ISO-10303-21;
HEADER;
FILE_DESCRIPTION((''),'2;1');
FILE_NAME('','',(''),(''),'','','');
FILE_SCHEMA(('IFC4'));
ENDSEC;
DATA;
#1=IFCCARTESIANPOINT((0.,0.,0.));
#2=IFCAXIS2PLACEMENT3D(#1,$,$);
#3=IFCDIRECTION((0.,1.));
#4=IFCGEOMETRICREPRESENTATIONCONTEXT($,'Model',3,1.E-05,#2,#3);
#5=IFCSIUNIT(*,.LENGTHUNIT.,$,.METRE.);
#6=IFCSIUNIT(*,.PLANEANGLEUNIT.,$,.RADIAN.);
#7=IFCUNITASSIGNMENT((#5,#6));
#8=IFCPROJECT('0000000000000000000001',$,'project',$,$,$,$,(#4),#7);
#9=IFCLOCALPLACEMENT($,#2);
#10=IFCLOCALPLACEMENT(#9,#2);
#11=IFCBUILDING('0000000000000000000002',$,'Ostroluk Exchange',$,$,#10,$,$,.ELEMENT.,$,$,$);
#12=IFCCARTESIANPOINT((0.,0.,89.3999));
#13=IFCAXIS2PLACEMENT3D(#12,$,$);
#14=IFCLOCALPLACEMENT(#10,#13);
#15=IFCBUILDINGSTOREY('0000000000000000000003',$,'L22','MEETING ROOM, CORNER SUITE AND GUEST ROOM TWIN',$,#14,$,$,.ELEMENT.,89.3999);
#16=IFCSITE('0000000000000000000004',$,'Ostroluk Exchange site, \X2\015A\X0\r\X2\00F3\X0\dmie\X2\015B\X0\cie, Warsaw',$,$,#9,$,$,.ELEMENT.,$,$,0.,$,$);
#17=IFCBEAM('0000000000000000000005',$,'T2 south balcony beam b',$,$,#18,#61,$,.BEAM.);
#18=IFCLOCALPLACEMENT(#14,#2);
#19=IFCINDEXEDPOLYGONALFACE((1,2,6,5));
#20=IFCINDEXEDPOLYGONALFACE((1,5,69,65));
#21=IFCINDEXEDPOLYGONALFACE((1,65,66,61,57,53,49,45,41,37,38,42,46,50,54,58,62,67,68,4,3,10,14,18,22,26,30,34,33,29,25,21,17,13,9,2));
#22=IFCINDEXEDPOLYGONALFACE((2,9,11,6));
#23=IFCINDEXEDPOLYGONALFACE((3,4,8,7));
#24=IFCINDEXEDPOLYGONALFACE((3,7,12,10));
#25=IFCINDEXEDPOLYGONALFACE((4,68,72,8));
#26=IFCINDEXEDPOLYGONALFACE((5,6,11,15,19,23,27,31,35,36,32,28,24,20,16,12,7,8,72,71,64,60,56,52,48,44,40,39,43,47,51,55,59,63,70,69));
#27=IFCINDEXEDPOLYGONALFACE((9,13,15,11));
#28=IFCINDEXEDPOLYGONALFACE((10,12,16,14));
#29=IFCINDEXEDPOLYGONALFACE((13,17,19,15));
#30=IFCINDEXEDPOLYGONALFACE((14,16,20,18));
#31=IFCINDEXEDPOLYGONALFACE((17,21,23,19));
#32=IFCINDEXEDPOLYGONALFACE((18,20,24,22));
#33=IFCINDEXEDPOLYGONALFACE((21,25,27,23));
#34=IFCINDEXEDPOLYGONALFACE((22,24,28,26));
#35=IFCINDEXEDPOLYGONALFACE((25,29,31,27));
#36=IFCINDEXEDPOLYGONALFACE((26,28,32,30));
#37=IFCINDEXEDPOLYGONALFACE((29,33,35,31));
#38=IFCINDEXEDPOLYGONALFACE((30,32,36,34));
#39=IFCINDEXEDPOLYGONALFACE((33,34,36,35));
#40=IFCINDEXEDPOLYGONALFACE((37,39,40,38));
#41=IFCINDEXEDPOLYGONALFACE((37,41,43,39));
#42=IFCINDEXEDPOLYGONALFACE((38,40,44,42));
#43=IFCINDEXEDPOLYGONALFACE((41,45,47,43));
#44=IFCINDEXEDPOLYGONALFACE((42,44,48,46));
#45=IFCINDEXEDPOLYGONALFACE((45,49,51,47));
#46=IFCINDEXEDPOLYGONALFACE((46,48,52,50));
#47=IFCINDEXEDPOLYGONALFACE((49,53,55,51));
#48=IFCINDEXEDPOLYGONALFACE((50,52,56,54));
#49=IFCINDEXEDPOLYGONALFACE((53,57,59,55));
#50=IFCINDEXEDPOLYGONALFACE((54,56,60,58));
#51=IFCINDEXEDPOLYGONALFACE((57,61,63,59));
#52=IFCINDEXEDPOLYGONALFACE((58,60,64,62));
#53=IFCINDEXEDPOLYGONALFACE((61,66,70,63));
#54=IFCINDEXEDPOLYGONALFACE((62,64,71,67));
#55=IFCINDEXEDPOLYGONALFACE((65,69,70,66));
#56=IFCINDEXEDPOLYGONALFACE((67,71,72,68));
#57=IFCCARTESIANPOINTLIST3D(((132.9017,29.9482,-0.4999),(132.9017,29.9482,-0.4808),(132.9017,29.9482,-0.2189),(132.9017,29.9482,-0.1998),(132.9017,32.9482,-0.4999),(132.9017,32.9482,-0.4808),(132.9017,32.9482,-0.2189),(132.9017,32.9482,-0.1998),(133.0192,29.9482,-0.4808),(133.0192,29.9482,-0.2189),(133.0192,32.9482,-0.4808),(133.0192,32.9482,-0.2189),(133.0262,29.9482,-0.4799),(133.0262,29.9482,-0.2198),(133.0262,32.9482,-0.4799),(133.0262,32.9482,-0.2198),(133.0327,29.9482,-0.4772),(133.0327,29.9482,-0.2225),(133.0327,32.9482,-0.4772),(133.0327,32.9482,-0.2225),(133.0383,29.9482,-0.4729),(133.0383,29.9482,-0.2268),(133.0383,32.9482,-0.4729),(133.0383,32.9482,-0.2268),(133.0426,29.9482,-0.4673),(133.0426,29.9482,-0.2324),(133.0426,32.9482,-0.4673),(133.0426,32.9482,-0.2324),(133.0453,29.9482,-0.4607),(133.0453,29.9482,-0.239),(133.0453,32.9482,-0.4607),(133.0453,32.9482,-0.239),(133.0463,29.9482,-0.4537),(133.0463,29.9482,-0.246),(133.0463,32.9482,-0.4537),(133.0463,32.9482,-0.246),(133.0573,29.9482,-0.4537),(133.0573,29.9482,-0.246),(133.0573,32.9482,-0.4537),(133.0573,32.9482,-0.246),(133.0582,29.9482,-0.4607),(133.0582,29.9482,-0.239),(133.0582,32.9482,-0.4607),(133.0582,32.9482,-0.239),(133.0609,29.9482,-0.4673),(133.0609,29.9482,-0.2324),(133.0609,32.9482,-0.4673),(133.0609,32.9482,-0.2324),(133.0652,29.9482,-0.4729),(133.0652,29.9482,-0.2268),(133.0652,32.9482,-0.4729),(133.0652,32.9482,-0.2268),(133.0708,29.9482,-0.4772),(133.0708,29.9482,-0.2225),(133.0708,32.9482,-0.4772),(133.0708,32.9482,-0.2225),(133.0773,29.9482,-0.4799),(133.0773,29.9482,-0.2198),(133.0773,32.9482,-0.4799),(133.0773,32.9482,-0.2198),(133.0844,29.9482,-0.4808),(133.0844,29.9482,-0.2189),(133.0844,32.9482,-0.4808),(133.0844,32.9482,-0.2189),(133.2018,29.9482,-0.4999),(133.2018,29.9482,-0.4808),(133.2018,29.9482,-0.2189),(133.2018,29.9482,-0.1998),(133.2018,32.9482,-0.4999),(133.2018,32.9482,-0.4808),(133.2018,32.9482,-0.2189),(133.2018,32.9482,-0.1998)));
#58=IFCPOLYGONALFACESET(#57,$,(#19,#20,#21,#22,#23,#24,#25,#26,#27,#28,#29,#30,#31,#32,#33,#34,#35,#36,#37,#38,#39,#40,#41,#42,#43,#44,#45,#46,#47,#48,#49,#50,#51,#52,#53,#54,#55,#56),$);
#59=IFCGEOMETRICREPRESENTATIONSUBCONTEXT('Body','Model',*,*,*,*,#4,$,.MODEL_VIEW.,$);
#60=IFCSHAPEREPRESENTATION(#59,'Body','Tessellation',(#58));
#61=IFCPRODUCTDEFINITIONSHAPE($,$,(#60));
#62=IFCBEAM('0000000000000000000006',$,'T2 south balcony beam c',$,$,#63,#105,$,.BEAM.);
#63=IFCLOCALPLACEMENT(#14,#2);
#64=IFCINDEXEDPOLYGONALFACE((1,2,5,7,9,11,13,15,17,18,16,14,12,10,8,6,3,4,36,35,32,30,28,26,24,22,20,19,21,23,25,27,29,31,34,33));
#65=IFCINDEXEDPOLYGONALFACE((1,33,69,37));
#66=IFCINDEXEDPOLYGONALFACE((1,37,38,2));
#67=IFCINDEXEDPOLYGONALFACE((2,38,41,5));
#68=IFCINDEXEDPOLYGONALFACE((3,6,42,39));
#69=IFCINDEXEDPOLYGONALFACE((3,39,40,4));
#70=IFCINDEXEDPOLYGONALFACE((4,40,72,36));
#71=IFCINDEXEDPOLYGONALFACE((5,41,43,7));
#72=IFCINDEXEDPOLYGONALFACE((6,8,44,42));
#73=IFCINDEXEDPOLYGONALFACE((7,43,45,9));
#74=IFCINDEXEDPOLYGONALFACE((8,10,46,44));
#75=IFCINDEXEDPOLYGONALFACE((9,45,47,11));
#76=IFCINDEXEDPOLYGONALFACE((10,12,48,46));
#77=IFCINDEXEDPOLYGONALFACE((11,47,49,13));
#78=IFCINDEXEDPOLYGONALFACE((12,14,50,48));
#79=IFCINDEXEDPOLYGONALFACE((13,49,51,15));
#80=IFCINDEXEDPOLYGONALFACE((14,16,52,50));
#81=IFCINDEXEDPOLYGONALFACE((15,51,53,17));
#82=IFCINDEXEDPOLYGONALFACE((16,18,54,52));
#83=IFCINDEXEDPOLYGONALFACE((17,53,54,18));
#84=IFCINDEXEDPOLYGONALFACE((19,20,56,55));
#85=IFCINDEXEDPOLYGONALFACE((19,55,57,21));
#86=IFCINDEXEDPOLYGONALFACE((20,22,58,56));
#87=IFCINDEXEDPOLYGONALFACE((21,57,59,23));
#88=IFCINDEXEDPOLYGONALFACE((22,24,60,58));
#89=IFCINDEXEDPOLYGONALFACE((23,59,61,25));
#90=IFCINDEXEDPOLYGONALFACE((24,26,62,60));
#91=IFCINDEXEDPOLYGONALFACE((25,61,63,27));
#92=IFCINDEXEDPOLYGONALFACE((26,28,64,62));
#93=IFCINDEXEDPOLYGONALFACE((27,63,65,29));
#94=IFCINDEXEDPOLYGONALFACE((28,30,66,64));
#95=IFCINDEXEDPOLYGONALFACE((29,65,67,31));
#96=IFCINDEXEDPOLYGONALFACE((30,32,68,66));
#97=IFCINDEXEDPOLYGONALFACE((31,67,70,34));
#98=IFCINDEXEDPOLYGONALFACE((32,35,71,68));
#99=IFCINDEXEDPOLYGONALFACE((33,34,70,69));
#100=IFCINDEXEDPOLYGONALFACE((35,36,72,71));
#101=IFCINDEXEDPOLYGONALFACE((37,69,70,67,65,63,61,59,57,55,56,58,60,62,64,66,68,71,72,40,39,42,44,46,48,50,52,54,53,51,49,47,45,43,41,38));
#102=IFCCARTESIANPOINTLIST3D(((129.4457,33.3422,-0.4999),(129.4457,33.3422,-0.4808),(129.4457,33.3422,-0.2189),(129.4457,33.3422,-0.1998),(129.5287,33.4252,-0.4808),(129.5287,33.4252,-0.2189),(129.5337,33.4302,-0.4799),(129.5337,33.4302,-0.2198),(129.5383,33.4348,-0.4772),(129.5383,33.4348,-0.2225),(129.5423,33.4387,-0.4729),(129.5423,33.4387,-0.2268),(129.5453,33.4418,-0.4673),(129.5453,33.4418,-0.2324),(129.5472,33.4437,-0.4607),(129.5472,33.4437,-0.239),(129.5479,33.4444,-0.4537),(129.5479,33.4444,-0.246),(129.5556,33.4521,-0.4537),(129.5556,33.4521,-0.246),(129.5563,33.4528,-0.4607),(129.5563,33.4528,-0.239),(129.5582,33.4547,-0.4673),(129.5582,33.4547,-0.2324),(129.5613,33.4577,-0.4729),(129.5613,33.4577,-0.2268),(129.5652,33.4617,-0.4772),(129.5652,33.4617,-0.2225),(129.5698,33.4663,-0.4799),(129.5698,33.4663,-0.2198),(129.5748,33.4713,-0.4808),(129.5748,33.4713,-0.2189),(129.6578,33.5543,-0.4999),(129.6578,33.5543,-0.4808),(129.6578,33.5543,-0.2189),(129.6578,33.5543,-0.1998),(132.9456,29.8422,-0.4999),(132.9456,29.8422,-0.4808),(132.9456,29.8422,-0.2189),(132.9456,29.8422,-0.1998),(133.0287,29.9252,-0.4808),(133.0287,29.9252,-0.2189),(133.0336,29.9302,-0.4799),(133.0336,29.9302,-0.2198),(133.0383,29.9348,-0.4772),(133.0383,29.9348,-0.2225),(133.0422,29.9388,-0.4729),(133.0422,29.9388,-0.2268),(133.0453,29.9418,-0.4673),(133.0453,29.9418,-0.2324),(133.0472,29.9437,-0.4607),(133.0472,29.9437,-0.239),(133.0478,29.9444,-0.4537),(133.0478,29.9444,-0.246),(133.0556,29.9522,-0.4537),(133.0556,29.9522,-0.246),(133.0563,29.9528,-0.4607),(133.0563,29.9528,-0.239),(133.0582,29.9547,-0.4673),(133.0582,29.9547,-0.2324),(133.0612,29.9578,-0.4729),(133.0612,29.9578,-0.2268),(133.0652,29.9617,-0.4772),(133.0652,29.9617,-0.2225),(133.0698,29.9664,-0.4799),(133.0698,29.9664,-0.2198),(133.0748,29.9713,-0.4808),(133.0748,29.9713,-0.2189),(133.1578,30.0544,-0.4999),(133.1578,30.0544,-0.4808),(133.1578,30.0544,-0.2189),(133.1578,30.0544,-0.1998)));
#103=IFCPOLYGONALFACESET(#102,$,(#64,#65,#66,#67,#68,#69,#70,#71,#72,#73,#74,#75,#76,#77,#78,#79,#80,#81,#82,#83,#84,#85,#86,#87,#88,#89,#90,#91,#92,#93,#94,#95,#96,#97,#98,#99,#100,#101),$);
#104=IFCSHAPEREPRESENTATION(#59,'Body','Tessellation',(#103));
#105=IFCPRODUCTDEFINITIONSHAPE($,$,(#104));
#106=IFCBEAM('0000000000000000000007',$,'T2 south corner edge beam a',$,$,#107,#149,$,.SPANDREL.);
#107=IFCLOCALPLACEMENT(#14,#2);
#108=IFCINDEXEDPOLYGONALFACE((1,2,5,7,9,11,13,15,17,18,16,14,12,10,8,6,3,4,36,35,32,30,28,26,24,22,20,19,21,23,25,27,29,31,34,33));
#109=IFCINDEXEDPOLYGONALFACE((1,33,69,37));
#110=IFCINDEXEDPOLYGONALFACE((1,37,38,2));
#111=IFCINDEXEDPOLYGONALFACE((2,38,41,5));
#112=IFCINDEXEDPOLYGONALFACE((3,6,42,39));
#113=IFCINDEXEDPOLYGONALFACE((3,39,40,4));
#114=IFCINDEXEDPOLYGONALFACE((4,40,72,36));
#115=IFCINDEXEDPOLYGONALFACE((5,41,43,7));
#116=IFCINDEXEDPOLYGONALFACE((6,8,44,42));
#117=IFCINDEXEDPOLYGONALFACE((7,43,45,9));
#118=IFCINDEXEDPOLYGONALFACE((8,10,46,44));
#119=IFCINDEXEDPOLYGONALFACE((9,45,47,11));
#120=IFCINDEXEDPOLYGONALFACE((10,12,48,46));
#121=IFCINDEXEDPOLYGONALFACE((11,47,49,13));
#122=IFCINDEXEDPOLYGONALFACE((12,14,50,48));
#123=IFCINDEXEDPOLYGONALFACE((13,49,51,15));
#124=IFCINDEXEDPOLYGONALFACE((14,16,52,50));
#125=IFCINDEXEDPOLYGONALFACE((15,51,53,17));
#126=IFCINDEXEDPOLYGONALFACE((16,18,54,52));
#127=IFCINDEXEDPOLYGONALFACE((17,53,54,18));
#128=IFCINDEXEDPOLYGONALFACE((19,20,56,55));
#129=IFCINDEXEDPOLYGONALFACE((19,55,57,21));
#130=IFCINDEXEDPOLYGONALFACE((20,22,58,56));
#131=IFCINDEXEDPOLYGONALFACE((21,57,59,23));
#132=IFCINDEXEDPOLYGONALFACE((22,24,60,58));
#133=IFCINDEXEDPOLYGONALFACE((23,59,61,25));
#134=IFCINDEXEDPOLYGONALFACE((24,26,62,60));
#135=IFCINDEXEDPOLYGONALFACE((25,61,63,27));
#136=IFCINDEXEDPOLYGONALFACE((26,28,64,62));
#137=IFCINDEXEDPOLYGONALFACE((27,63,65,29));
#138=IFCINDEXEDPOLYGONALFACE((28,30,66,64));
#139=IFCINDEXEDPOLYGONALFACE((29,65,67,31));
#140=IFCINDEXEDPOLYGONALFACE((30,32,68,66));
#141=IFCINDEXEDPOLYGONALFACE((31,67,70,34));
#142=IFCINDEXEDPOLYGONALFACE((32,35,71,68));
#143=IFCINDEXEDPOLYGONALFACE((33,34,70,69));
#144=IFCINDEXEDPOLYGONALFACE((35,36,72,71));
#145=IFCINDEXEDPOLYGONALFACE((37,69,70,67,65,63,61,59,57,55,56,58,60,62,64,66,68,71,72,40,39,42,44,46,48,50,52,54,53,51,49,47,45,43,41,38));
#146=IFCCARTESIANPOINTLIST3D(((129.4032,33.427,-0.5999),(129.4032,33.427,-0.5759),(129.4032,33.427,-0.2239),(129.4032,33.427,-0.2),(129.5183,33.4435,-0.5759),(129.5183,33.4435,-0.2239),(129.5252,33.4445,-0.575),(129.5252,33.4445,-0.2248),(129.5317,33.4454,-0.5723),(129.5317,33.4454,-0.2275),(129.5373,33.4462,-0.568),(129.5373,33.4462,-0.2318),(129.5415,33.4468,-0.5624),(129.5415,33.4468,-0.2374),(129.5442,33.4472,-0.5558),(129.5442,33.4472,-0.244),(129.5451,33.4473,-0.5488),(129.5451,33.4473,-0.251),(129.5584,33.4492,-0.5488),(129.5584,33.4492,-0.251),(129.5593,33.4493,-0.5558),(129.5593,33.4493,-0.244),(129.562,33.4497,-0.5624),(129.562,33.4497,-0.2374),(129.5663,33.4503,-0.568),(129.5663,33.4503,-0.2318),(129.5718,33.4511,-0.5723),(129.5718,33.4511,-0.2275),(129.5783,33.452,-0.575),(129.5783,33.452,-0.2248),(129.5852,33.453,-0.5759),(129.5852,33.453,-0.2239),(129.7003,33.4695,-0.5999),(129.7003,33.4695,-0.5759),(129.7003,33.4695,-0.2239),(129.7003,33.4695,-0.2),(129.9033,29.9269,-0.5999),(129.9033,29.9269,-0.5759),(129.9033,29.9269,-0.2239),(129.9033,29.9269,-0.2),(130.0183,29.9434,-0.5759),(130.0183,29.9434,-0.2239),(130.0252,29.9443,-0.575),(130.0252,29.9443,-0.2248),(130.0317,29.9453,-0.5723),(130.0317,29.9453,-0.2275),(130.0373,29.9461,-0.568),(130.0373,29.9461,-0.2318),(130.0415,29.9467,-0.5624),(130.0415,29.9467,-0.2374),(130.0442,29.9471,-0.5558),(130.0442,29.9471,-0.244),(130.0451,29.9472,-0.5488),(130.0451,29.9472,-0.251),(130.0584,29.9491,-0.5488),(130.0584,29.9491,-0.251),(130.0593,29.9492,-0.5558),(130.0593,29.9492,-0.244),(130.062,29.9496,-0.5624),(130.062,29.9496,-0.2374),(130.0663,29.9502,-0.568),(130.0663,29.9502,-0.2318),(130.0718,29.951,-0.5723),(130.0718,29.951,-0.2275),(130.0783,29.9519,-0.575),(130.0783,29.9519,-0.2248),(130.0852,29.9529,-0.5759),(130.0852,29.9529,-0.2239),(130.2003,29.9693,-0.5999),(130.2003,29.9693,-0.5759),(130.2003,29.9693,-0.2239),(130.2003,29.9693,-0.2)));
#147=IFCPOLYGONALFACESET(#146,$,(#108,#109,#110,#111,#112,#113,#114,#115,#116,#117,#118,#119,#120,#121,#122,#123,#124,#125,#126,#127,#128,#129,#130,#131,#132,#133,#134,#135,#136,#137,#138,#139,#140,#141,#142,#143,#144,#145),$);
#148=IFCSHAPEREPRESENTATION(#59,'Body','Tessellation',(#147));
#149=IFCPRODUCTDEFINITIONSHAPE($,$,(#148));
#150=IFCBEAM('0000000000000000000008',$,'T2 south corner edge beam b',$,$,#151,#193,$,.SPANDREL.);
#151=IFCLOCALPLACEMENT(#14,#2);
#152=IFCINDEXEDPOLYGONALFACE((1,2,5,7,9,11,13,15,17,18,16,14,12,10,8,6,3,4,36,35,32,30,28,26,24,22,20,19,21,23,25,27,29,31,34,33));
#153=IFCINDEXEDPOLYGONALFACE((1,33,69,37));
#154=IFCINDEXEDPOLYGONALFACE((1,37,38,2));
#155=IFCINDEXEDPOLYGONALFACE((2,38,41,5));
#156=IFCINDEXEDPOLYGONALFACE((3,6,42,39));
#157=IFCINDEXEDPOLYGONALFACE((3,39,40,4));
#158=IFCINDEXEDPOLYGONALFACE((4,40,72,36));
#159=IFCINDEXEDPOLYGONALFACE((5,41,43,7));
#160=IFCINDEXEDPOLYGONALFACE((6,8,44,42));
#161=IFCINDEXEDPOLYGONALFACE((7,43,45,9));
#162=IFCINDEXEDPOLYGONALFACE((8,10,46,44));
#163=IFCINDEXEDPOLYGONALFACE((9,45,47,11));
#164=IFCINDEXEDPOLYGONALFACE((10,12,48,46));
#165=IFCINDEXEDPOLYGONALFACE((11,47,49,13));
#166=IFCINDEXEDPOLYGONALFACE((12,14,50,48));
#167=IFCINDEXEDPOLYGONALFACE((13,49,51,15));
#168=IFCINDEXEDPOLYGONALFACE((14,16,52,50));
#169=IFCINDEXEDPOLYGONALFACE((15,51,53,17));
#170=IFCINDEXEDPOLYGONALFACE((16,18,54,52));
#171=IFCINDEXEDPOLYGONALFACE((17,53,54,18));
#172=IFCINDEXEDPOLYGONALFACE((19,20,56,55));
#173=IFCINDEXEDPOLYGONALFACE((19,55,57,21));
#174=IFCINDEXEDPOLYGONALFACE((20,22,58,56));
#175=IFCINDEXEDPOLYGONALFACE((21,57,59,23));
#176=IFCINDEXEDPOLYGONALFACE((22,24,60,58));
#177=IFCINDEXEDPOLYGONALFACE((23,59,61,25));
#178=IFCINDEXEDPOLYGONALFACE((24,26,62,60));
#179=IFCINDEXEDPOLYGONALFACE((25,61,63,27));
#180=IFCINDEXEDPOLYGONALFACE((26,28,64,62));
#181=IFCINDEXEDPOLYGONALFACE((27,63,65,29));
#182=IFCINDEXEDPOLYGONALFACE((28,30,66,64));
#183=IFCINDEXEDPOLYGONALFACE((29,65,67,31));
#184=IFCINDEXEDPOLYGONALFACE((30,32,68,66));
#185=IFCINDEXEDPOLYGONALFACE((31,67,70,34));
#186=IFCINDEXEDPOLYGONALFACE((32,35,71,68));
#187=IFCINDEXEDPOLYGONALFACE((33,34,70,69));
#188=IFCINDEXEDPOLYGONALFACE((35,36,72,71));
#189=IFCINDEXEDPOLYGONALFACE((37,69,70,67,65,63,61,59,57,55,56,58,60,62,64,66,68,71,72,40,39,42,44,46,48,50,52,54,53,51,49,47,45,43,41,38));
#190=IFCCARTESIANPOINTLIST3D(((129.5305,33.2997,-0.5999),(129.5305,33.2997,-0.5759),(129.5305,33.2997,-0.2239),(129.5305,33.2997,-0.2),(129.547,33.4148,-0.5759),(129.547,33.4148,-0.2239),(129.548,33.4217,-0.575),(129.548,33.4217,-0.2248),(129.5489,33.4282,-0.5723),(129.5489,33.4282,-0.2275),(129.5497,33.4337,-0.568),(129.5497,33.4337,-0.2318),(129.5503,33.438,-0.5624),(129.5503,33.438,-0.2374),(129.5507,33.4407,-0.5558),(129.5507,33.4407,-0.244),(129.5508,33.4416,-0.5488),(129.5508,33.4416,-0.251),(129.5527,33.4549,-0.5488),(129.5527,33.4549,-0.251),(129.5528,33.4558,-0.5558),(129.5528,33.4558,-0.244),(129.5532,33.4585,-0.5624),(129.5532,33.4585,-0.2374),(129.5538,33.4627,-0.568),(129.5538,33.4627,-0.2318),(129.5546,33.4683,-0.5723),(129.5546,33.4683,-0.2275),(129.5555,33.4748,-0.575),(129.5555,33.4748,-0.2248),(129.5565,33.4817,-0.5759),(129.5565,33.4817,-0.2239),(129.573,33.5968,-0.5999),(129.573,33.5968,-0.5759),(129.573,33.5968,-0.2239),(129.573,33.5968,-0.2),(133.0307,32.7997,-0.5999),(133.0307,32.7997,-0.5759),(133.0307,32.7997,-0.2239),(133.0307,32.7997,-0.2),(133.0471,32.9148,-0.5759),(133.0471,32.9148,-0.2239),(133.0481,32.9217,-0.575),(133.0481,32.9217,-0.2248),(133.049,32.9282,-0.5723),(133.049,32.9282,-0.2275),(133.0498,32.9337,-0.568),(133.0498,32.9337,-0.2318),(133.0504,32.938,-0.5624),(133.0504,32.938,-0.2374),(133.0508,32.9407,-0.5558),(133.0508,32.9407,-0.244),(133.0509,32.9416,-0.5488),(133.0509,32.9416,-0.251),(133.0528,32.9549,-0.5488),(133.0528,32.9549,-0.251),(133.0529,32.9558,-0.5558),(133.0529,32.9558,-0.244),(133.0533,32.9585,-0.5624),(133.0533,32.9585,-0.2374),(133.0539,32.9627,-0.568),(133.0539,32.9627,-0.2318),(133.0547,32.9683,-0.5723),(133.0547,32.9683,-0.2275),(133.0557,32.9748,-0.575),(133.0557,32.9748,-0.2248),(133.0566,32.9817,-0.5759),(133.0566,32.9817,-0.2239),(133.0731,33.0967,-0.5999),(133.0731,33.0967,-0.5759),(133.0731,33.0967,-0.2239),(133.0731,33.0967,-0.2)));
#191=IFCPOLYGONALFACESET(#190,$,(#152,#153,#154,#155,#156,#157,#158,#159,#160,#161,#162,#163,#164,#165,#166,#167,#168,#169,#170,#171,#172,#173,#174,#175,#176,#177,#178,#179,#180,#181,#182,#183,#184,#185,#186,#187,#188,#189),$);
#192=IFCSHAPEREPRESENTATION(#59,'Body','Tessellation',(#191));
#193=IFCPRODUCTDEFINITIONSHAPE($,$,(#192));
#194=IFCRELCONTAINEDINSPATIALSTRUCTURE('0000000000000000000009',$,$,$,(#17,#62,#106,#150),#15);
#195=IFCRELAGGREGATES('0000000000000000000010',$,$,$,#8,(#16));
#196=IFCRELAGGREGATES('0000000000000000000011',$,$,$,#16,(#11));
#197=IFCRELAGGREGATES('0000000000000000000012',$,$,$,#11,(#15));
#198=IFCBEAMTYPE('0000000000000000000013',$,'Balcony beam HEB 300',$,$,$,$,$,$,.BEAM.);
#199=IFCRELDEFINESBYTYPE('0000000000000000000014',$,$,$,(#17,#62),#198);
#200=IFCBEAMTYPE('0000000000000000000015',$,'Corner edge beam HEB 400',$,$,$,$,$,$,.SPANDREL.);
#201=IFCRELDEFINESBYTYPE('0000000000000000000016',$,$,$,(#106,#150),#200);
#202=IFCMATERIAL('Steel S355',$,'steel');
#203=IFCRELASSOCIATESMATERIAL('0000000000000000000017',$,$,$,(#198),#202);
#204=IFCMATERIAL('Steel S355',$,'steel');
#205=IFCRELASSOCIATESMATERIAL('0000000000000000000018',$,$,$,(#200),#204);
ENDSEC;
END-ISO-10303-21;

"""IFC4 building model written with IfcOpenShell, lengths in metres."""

from ifc_helpers import new_model, si_unit, direction, frame, origin, origin_2d, place, context, subcontext, project, spatial, i_section, extrude, material, material_profile, profile_set, type_object, element, save


model = new_model("IFC4")

# Units and contexts
model_context = context("Model", 3, precision=1e-05, world=origin(), true_north=direction((0.0, 1.0)))
body_context = subcontext(model_context, "Body", "Model", "MODEL_VIEW")
ifc_project = project(units=[si_unit("LENGTHUNIT", "METRE"), si_unit("PLANEANGLEUNIT", "RADIAN")], contexts=[model_context])

# Site, building, storey
site_placement = place(None, origin())
site = spatial("IfcSite", under=ifc_project, at=site_placement, Name="Ostroluk Exchange site, Śródmieście, Warsaw", CompositionType="ELEMENT", RefElevation=0.0)
building_placement = place(site_placement, origin())
building = spatial("IfcBuilding", under=site, at=building_placement, Name="Ostroluk Exchange", CompositionType="ELEMENT")
storey_placement = place(building_placement, frame((0.0, 0.0, 89.3999)))
storey = spatial("IfcBuildingStorey", under=building, at=storey_placement, Name="L22", Description="MEETING ROOM, CORNER SUITE AND GUEST ROOM TWIN", CompositionType="ELEMENT", Elevation=89.3999)

# Beams
ifc_material_1 = material(Name="Steel S355", Category="steel")
ifc_material_profile_1 = material_profile(ifc_material_1, i_section(OverallWidth=0.3, OverallDepth=0.3, WebThickness=0.011, FlangeThickness=0.019, FilletRadius=0.0271, at=origin_2d()), Name="HEB 300")
ifc_profile_set_1 = profile_set([ifc_material_profile_1], Name="Steel S355")
beam_type_1 = type_object("IfcBeamType", Name="Balcony beam HEB 300", PredefinedType="BEAM", material=ifc_profile_set_1)
for number, where, z_axis, x_axis, name in (
    (1, (133.0518, 32.9482, -0.3499), (0.0, -1.0, 0.0), (1.0, 0.0, 0.0), "T2 south balcony beam b"),
):
    element("IfcBeam", number, at=place(storey_placement, frame(where, z_axis=z_axis, x_axis=x_axis)), inside=storey, type_object=beam_type_1, Name=name, PredefinedType="BEAM", context=body_context, shape_type="SweptSolid", body=[
        extrude(i_section(OverallWidth=0.3, OverallDepth=0.3, WebThickness=0.011, FlangeThickness=0.019, FilletRadius=0.0271, at=origin_2d()), origin(), (0.0, 0.0, 1.0), 3.0),
    ])
beam_1_placement = place(storey_placement, frame((129.5518, 33.4482, -0.3499), z_axis=(0.707107, -0.707107, 0.0), x_axis=(0.707107, 0.707107, 0.0)))
element("IfcBeam", 2, at=beam_1_placement, inside=storey, type_object=beam_type_1, Name="T2 south balcony beam c", PredefinedType="BEAM", context=body_context, shape_type="SweptSolid", body=[
    extrude(i_section(OverallWidth=0.3, OverallDepth=0.3, WebThickness=0.011, FlangeThickness=0.019, FilletRadius=0.0271, at=origin_2d()), origin(), (0.0, 0.0, 1.0), 4.9497),
])
ifc_material_2 = material(Name="Steel S355", Category="steel")
ifc_material_profile_2 = material_profile(ifc_material_2, i_section(OverallWidth=0.3, OverallDepth=0.3999, WebThickness=0.0134, FlangeThickness=0.0239, FilletRadius=0.0271, at=origin_2d()), Name="HEB 400")
ifc_profile_set_2 = profile_set([ifc_material_profile_2], Name="Steel S355")
beam_type_2 = type_object("IfcBeamType", Name="Corner edge beam HEB 400", PredefinedType="SPANDREL", material=ifc_profile_set_2)
for number, where, z_axis, x_axis, name in (
    (3, (129.5518, 33.4482, -0.3999), (0.141421, -0.989949, 0.0), (0.989949, 0.141421, 0.0), "T2 south corner edge beam a"),
    (4, (129.5518, 33.4482, -0.3999), (0.989949, -0.141421, 0.0), (0.141421, 0.989949, 0.0), "T2 south corner edge beam b"),
):
    element("IfcBeam", number, at=place(storey_placement, frame(where, z_axis=z_axis, x_axis=x_axis)), inside=storey, type_object=beam_type_2, Name=name, PredefinedType="SPANDREL", context=body_context, shape_type="SweptSolid", body=[
        extrude(i_section(OverallWidth=0.3, OverallDepth=0.3999, WebThickness=0.0134, FlangeThickness=0.0239, FilletRadius=0.0271, at=origin_2d()), origin(), (0.0, 0.0, 1.0), 3.5356),
    ])

save(model, "model.ifc")
